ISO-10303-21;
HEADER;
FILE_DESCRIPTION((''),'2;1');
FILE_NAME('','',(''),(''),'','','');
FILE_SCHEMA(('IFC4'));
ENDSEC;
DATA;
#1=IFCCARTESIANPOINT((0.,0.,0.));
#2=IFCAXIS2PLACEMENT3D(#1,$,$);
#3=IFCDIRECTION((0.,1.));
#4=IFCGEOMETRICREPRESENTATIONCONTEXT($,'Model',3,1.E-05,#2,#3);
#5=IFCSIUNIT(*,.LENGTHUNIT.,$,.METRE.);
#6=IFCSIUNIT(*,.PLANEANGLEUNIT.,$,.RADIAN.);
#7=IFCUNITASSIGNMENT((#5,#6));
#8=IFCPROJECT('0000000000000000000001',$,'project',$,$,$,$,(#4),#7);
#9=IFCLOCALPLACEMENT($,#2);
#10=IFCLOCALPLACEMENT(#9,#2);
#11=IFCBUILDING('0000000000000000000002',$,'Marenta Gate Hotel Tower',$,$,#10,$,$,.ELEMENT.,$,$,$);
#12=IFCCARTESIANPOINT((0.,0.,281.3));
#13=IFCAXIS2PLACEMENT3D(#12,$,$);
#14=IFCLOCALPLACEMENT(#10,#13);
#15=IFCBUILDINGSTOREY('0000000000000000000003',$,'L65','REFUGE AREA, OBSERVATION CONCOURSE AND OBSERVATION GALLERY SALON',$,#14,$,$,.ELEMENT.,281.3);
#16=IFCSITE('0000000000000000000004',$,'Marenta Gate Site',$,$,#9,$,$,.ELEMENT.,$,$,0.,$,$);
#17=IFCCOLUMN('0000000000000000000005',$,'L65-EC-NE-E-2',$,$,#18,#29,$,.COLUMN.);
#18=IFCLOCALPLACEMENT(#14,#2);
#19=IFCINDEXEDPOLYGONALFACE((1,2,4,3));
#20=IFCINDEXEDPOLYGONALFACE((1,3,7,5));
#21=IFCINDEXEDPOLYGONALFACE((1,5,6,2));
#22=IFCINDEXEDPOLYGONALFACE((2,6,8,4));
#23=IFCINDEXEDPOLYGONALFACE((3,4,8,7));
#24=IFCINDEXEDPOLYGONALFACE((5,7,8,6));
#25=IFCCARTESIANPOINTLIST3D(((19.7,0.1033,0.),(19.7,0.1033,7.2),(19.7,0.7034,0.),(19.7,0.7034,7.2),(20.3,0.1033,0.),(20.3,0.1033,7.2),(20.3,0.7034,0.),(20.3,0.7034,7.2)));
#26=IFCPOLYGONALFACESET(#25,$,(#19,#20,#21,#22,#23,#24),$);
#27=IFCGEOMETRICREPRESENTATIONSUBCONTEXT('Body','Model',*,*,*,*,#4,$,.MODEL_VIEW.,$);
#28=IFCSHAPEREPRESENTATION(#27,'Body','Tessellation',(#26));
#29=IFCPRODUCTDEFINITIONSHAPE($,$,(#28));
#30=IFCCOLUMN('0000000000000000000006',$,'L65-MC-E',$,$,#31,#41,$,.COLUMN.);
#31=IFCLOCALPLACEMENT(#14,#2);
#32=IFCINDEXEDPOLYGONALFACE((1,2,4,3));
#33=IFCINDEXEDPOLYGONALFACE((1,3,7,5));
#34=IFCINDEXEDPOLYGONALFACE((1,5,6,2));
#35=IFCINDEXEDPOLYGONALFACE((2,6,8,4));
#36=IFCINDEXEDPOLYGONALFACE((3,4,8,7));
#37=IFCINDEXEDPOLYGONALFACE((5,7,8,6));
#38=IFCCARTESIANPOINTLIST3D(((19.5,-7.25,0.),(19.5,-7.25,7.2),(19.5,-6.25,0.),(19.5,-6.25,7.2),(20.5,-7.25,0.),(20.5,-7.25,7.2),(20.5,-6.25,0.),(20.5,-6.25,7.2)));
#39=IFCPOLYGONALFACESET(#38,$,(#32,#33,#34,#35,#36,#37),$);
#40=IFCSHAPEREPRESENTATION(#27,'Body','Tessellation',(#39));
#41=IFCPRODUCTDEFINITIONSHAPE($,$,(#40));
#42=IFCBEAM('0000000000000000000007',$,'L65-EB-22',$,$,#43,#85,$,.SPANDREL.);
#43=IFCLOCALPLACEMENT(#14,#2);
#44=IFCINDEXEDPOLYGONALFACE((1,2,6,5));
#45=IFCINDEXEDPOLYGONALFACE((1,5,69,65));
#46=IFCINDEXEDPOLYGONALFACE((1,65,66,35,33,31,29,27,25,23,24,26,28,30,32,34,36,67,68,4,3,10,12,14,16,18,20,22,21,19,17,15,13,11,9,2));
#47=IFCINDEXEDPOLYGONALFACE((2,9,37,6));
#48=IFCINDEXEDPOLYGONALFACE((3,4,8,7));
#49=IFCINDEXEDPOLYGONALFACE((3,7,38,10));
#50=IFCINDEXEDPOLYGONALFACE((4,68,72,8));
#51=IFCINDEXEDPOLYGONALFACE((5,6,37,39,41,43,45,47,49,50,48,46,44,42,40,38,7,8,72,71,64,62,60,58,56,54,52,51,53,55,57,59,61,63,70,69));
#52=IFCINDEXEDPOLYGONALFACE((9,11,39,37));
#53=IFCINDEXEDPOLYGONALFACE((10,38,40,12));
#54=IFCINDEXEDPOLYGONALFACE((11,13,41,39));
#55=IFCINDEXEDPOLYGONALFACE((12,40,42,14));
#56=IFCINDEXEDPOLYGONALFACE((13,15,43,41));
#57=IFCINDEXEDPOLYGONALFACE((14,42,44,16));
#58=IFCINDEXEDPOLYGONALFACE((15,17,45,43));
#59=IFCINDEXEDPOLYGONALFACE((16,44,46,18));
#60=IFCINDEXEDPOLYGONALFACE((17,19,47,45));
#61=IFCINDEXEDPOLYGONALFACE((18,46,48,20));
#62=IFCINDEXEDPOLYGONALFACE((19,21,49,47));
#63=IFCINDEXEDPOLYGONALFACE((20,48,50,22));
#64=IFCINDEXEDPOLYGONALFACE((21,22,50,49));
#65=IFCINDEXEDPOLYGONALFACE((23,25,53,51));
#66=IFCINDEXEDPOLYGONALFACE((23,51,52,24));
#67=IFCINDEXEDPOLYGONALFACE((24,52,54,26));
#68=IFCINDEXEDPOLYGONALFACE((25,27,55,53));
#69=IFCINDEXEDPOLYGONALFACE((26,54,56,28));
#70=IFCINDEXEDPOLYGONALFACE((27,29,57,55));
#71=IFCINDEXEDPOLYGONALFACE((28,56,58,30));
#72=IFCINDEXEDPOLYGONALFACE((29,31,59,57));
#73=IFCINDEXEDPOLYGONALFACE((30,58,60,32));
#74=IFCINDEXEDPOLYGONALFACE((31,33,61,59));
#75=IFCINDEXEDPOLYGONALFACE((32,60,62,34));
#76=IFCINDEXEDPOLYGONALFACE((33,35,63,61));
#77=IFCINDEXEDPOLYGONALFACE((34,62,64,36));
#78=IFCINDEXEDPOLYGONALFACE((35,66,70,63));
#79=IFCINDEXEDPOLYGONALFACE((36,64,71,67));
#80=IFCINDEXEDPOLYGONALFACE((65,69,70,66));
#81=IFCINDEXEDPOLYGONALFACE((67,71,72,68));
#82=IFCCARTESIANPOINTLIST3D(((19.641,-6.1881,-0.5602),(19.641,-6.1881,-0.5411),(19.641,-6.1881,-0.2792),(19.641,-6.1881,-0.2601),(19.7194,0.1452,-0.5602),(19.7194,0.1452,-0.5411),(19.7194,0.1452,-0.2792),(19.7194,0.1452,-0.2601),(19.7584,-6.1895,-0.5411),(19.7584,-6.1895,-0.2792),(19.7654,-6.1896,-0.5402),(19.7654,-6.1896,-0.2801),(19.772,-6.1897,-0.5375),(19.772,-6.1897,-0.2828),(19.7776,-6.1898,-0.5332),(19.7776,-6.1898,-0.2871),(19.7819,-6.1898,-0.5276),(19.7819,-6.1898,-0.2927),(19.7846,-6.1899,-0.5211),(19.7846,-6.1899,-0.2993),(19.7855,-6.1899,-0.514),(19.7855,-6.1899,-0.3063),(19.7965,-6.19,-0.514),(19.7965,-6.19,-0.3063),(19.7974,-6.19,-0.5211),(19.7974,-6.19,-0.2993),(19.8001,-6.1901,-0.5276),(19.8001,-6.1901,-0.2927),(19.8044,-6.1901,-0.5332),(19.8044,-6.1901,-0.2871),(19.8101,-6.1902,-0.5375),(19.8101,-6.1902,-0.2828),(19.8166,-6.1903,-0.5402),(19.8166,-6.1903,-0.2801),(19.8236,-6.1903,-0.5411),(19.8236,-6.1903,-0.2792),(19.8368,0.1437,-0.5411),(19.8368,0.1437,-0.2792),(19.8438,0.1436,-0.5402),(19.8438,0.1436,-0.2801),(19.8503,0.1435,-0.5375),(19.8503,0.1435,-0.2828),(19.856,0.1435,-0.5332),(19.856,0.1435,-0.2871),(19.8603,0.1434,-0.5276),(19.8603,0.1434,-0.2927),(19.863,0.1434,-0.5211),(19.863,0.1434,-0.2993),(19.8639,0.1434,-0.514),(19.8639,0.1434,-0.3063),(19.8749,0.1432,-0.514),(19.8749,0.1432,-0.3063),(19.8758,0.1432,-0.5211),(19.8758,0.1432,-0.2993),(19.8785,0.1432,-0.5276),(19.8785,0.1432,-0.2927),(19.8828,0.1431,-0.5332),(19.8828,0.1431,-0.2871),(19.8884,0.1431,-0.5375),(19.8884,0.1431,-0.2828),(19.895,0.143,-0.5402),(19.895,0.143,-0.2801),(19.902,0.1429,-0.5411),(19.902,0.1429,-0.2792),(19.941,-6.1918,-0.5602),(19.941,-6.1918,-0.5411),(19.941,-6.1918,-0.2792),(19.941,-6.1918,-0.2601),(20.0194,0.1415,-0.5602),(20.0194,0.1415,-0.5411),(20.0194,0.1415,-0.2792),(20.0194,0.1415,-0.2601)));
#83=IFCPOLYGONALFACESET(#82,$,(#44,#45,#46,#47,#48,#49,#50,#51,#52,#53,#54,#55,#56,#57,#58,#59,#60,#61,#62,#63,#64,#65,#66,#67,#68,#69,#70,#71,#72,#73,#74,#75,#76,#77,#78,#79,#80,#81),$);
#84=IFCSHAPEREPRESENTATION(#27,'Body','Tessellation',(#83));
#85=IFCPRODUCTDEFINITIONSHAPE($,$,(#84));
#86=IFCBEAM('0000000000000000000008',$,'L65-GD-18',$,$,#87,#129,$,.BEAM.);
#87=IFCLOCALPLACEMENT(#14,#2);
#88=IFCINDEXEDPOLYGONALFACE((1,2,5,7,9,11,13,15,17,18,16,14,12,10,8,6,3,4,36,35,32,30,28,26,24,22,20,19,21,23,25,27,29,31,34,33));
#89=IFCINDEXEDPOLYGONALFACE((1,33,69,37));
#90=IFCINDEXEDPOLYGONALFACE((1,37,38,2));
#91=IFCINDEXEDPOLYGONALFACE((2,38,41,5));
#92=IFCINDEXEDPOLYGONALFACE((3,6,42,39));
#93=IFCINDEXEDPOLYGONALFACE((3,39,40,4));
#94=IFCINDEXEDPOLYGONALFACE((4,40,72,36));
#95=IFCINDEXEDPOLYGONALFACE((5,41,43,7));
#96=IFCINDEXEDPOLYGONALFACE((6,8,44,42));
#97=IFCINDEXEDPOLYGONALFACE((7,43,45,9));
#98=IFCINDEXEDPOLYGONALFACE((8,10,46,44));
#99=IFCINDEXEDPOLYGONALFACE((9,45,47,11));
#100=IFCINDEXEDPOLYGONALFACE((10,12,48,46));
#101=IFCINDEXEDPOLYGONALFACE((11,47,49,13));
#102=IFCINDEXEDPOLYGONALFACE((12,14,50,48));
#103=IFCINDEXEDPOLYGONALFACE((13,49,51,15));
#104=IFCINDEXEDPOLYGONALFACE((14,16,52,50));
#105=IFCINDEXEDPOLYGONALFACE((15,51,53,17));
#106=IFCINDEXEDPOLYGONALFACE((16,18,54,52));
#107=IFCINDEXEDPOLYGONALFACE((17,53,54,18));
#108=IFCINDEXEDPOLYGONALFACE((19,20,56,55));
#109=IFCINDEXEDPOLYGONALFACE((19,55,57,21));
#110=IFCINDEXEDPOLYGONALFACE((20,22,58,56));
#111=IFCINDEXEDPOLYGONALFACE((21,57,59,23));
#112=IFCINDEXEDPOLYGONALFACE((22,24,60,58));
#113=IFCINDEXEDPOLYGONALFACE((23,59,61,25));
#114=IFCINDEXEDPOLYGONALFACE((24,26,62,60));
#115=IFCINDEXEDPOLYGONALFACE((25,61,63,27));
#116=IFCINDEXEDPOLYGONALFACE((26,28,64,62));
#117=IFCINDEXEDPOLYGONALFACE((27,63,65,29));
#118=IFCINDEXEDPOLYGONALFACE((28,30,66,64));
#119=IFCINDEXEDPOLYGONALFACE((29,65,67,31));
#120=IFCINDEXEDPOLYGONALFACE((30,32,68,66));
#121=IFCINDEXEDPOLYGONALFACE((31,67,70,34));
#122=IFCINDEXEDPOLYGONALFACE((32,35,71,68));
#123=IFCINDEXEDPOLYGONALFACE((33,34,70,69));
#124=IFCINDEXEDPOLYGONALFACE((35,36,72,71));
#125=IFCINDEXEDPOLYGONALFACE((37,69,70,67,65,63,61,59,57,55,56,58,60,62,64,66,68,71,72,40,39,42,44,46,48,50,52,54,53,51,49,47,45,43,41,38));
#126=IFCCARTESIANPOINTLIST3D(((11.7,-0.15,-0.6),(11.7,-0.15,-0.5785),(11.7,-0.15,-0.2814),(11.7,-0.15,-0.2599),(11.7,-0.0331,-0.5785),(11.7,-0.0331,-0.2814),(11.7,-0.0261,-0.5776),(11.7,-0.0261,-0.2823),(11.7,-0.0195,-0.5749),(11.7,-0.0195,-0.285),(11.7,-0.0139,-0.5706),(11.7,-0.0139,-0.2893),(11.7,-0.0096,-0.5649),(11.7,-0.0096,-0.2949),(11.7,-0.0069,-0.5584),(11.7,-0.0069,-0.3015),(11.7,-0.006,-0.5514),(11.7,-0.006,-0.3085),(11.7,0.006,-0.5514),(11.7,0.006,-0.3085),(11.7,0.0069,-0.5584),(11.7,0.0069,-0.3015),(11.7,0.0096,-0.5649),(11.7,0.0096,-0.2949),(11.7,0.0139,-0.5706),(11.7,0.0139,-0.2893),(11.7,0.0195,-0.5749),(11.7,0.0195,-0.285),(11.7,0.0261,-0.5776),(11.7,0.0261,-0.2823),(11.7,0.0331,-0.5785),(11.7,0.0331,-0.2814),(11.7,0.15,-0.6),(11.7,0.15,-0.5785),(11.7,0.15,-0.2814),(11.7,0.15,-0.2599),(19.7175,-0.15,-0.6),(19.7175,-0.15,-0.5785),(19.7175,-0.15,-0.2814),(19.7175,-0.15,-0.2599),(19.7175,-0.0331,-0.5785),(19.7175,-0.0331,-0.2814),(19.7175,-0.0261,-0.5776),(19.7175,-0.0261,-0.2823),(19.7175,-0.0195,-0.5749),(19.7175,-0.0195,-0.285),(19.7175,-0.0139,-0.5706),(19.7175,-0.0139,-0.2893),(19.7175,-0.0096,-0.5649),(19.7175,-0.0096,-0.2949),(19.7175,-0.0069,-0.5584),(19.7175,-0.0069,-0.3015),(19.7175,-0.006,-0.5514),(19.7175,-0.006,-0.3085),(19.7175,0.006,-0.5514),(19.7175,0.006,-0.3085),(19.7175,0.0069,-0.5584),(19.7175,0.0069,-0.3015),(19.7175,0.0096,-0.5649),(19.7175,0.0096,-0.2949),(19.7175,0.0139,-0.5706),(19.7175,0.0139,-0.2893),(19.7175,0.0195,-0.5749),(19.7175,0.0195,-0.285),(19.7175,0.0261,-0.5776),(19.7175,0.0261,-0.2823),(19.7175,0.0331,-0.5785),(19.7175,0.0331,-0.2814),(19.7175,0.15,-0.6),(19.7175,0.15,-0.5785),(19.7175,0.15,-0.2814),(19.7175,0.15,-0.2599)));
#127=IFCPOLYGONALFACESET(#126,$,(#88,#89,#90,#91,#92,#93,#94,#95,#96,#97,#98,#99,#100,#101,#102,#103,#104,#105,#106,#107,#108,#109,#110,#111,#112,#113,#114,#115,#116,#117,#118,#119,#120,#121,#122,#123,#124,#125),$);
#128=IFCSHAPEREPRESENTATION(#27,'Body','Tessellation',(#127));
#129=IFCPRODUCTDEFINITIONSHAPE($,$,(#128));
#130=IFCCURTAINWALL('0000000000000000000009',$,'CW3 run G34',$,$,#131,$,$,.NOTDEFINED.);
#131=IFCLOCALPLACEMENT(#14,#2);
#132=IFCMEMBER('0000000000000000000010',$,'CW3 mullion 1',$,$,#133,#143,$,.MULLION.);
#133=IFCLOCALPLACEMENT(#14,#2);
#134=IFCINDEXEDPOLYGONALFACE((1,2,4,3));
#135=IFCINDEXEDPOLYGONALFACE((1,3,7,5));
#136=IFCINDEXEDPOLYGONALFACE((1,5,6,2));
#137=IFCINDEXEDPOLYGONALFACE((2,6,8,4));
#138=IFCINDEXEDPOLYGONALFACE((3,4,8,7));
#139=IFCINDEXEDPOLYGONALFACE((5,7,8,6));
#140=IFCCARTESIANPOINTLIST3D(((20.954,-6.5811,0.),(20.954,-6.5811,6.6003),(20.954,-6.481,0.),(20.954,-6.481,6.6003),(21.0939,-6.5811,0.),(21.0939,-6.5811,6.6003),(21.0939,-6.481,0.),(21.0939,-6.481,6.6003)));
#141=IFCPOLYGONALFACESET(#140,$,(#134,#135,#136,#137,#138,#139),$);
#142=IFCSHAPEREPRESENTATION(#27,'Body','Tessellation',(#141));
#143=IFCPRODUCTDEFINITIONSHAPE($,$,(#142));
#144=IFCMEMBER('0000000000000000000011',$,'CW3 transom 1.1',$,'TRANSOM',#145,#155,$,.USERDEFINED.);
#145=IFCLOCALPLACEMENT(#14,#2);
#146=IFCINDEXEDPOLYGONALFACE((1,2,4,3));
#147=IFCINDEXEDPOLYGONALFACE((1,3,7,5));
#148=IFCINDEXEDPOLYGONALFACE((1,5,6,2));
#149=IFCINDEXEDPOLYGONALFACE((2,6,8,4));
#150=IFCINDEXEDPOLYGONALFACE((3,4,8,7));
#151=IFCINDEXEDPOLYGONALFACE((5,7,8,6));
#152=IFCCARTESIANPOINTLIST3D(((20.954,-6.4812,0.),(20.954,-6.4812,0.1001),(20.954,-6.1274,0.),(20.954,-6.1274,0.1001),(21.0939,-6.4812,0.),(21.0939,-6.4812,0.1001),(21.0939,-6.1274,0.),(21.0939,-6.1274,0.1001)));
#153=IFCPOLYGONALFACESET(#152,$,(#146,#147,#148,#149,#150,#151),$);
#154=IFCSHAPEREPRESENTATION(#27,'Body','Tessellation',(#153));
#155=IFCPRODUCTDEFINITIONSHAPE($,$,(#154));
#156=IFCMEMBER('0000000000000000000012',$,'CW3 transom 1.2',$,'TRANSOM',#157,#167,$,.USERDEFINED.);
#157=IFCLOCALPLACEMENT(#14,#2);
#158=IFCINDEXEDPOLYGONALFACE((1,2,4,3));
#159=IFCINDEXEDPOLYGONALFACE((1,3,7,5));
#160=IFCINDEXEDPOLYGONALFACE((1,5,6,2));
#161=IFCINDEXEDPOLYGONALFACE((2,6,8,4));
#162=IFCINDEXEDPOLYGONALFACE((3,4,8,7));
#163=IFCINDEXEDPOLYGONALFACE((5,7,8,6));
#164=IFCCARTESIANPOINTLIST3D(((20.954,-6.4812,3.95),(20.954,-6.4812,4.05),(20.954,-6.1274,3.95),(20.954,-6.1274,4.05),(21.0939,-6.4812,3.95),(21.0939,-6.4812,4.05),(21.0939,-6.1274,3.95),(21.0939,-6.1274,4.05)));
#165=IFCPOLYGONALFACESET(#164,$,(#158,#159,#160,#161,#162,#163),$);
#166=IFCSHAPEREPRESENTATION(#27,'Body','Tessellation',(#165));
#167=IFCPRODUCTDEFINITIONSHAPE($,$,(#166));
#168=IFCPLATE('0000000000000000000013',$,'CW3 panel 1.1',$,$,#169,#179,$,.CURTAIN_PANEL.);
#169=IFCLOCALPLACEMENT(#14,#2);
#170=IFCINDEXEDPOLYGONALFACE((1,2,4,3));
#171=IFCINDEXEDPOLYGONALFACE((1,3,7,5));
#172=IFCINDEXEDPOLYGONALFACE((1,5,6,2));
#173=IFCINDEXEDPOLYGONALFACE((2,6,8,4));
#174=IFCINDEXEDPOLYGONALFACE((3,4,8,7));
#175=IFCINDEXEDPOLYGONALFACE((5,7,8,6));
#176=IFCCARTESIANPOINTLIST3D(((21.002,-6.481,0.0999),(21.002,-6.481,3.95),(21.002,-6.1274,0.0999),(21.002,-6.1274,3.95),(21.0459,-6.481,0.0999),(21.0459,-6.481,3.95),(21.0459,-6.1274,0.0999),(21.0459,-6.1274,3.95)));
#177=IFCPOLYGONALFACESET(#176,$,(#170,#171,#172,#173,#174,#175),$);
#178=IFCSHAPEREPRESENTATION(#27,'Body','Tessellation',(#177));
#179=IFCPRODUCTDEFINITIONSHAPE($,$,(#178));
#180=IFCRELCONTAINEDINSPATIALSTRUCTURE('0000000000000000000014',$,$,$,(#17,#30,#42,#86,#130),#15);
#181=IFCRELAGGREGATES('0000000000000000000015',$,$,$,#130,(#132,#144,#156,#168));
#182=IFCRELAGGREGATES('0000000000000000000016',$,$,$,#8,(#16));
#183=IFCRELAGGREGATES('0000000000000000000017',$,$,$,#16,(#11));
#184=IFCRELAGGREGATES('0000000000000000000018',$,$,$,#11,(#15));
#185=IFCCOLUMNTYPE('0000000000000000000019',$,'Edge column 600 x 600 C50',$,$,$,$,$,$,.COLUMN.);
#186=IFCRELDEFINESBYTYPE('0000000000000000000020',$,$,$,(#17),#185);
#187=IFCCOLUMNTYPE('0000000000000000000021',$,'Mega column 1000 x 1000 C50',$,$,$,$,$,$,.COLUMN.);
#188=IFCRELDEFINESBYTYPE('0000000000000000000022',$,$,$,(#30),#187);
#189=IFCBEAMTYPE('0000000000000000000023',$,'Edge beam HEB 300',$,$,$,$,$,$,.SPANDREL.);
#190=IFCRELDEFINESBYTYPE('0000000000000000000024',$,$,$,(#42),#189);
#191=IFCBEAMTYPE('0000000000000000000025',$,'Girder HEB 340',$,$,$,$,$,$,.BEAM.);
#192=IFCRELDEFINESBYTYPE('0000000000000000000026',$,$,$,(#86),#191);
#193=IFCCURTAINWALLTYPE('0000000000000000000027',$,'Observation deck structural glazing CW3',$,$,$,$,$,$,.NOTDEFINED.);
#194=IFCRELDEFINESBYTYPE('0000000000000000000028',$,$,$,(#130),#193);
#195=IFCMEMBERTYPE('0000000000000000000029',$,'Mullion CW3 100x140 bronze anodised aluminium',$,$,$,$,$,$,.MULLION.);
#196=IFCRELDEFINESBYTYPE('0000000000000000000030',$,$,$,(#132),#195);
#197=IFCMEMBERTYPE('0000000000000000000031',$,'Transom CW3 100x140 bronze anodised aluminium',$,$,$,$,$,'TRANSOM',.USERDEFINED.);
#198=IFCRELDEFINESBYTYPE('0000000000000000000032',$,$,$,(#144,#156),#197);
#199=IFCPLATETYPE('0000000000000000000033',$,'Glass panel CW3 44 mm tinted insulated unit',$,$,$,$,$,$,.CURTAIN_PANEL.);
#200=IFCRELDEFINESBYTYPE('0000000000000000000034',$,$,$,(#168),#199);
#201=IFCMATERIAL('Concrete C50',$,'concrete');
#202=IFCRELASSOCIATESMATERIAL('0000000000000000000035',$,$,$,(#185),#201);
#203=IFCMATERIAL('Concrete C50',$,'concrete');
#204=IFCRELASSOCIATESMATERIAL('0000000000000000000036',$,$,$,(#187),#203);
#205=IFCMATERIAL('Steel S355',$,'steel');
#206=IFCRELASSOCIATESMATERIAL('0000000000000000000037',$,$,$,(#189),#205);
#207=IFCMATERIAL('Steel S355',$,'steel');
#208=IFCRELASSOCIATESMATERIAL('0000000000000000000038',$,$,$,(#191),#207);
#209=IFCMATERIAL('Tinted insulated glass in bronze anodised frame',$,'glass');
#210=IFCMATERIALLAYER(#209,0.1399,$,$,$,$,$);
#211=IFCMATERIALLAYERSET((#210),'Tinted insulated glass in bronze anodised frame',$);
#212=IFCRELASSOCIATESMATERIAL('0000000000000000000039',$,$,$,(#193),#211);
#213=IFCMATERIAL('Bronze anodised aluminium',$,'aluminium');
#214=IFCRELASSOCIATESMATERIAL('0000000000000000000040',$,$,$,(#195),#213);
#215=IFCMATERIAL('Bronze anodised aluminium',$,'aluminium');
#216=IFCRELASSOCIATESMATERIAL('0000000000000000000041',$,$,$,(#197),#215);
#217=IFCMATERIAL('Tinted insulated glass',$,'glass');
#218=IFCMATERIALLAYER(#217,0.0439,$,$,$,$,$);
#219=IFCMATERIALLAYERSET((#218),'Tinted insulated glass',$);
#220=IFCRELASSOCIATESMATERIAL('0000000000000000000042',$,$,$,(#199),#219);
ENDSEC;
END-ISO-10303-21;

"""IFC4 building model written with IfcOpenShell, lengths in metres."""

from ifc_helpers import new_model, si_unit, direction, frame, origin, origin_2d, place, context, subcontext, project, spatial, rectangle, i_section, extrude, material, layer, layer_set, material_profile, profile_set, type_object, element, aggregate, save


model = new_model("IFC4")

# Units and contexts
model_context = context("Model", 3, precision=1e-05, world=origin(), true_north=direction((0.0, 1.0)))
body_context = subcontext(model_context, "Body", "Model", "MODEL_VIEW")
ifc_project = project(units=[si_unit("LENGTHUNIT", "METRE"), si_unit("PLANEANGLEUNIT", "RADIAN")], contexts=[model_context])

# Site, building, storey
site_placement = place(None, origin())
site = spatial("IfcSite", under=ifc_project, at=site_placement, Name="Marenta Gate Site", CompositionType="ELEMENT", RefElevation=0.0)
building_placement = place(site_placement, origin())
building = spatial("IfcBuilding", under=site, at=building_placement, Name="Marenta Gate Hotel Tower", CompositionType="ELEMENT")
storey_placement = place(building_placement, frame((0.0, 0.0, 281.3)))
storey = spatial("IfcBuildingStorey", under=building, at=storey_placement, Name="L65", Description="REFUGE AREA, OBSERVATION CONCOURSE AND OBSERVATION GALLERY SALON", CompositionType="ELEMENT", Elevation=281.3)

# Columns
ifc_material_1 = material(Name="Concrete C50", Category="concrete")
ifc_material_profile_1 = material_profile(ifc_material_1, rectangle(XDim=0.6001, YDim=0.6001, at=origin_2d()), Name="600 x 600")
ifc_profile_set_1 = profile_set([ifc_material_profile_1], Name="Concrete C50")
column_type_1 = type_object("IfcColumnType", Name="Edge column 600 x 600 C50", PredefinedType="COLUMN", material=ifc_profile_set_1)
column_1_placement = place(storey_placement, frame((20.0, 0.4033, 0.0), z_axis=(0.0, 0.0, 1.0), x_axis=(1.0, 0.0, 0.0)))
element("IfcColumn", 1, at=column_1_placement, inside=storey, type_object=column_type_1, Name="L65-EC-NE-E-2", PredefinedType="COLUMN", context=body_context, shape_type="SweptSolid", body=[
    extrude(rectangle(XDim=0.6001, YDim=0.6001, at=origin_2d()), origin(), (0.0, 0.0, 1.0), 7.2),
])
ifc_material_2 = material(Name="Concrete C50", Category="concrete")
ifc_material_profile_2 = material_profile(ifc_material_2, rectangle(XDim=1.0, YDim=1.0, at=origin_2d()), Name="1000 x 1000")
ifc_profile_set_2 = profile_set([ifc_material_profile_2], Name="Concrete C50")
column_type_2 = type_object("IfcColumnType", Name="Mega column 1000 x 1000 C50", PredefinedType="COLUMN", material=ifc_profile_set_2)
column_2_placement = place(storey_placement, frame((20.0, -6.75, 0.0), z_axis=(0.0, 0.0, 1.0), x_axis=(1.0, 0.0, 0.0)))
element("IfcColumn", 2, at=column_2_placement, inside=storey, type_object=column_type_2, Name="L65-MC-E", PredefinedType="COLUMN", context=body_context, shape_type="SweptSolid", body=[
    extrude(rectangle(XDim=1.0, YDim=1.0, at=origin_2d()), origin(), (0.0, 0.0, 1.0), 7.2),
])

# Beams
ifc_material_3 = material(Name="Steel S355", Category="steel")
ifc_material_profile_3 = material_profile(ifc_material_3, i_section(OverallWidth=0.3, OverallDepth=0.3, WebThickness=0.011, FlangeThickness=0.019, FilletRadius=0.0271, at=origin_2d()), Name="HEB 300")
ifc_profile_set_3 = profile_set([ifc_material_profile_3], Name="Steel S355")
beam_type_1 = type_object("IfcBeamType", Name="Edge beam HEB 300", PredefinedType="SPANDREL", material=ifc_profile_set_3)
beam_1_placement = place(storey_placement, frame((19.8694, 0.1433, -0.4102), z_axis=(-0.012373, -0.999923, 0.0), x_axis=(0.999923, -0.012373, 0.0)))
element("IfcBeam", 3, at=beam_1_placement, inside=storey, type_object=beam_type_1, Name="L65-EB-22", PredefinedType="SPANDREL", context=body_context, shape_type="SweptSolid", body=[
    extrude(i_section(OverallWidth=0.3, OverallDepth=0.3, WebThickness=0.011, FlangeThickness=0.019, FilletRadius=0.0271, at=origin_2d()), origin(), (0.0, 0.0, 1.0), 6.3337),
])
ifc_material_4 = material(Name="Steel S355", Category="steel")
ifc_material_profile_4 = material_profile(ifc_material_4, i_section(OverallWidth=0.3, OverallDepth=0.3401, WebThickness=0.012, FlangeThickness=0.0215, FilletRadius=0.0271, at=origin_2d()), Name="HEB 340")
ifc_profile_set_4 = profile_set([ifc_material_profile_4], Name="Steel S355")
beam_type_2 = type_object("IfcBeamType", Name="Girder HEB 340", PredefinedType="BEAM", material=ifc_profile_set_4)
beam_2_placement = place(storey_placement, frame((11.7, 0.0, -0.4299), z_axis=(1.0, 0.0, 0.0), x_axis=(0.0, 1.0, 0.0)))
element("IfcBeam", 4, at=beam_2_placement, inside=storey, type_object=beam_type_2, Name="L65-GD-18", PredefinedType="BEAM", context=body_context, shape_type="SweptSolid", body=[
    extrude(i_section(OverallWidth=0.3, OverallDepth=0.3401, WebThickness=0.012, FlangeThickness=0.0215, FilletRadius=0.0271, at=origin_2d()), origin(), (0.0, 0.0, 1.0), 8.0176),
])

# Curtain wall, members, plate
ifc_material_5 = material(Name="Tinted insulated glass in bronze anodised frame", Category="glass")
ifc_layer_1 = layer(ifc_material_5, 0.1399)
ifc_layer_set_1 = layer_set([ifc_layer_1], Name="Tinted insulated glass in bronze anodised frame")
curtain_wall_type = type_object("IfcCurtainWallType", Name="Observation deck structural glazing CW3", PredefinedType="NOTDEFINED", material=ifc_layer_set_1)
curtain_wall_placement = place(storey_placement, origin())
curtain_wall = element("IfcCurtainWall", 5, at=curtain_wall_placement, inside=storey, type_object=curtain_wall_type, Name="CW3 run G34", PredefinedType="NOTDEFINED")
ifc_material_6 = material(Name="Bronze anodised aluminium", Category="aluminium")
ifc_material_profile_5 = material_profile(ifc_material_6, rectangle(XDim=0.1399, YDim=0.1001, at=origin_2d()), Name="Mullion CW3 100x140 bronze anodised aluminium")
ifc_profile_set_5 = profile_set([ifc_material_profile_5], Name="Bronze anodised aluminium")
member_type_1 = type_object("IfcMemberType", Name="Mullion CW3 100x140 bronze anodised aluminium", PredefinedType="MULLION", material=ifc_profile_set_5)
member_1_placement = place(storey_placement, frame((21.0239, -6.531, 0.0), z_axis=(0.0, 0.0, 1.0), x_axis=(-1.0, 0.0, 0.0)))
member_1 = element("IfcMember", 6, at=member_1_placement, type_object=member_type_1, Name="CW3 mullion 1", PredefinedType="MULLION", context=body_context, shape_type="SweptSolid", body=[
    extrude(rectangle(XDim=0.1399, YDim=0.1001, at=origin_2d()), origin(), (0.0, 0.0, 1.0), 6.6003),
])
ifc_material_7 = material(Name="Bronze anodised aluminium", Category="aluminium")
ifc_material_profile_6 = material_profile(ifc_material_7, rectangle(XDim=0.1399, YDim=0.1001, at=origin_2d()), Name="Transom CW3 100x140 bronze anodised aluminium")
ifc_profile_set_6 = profile_set([ifc_material_profile_6], Name="Bronze anodised aluminium")
member_type_2 = type_object("IfcMemberType", Name="Transom CW3 100x140 bronze anodised aluminium", ElementType="TRANSOM", PredefinedType="USERDEFINED", material=ifc_profile_set_6)
member_2_placement = place(storey_placement, frame((21.0239, -6.4812, 0.05), z_axis=(0.0, 1.0, 0.0), x_axis=(-1.0, 0.0, 0.0)))
member_2 = element("IfcMember", 7, at=member_2_placement, type_object=member_type_2, Name="CW3 transom 1.1", ObjectType="TRANSOM", PredefinedType="USERDEFINED", context=body_context, shape_type="SweptSolid", body=[
    extrude(rectangle(XDim=0.1399, YDim=0.1001, at=origin_2d()), origin(), (0.0, 0.0, 1.0), 0.3538),
])
member_3_placement = place(storey_placement, frame((21.0239, -6.4812, 4.0), z_axis=(0.0, 1.0, 0.0), x_axis=(-1.0, 0.0, 0.0)))
member_3 = element("IfcMember", 8, at=member_3_placement, type_object=member_type_2, Name="CW3 transom 1.2", ObjectType="TRANSOM", PredefinedType="USERDEFINED", context=body_context, shape_type="SweptSolid", body=[
    extrude(rectangle(XDim=0.1399, YDim=0.1001, at=origin_2d()), origin(), (0.0, 0.0, 1.0), 0.3538),
])
ifc_material_8 = material(Name="Tinted insulated glass", Category="glass")
ifc_layer_2 = layer(ifc_material_8, 0.0439)
ifc_layer_set_2 = layer_set([ifc_layer_2], Name="Tinted insulated glass")
plate_type = type_object("IfcPlateType", Name="Glass panel CW3 44 mm tinted insulated unit", PredefinedType="CURTAIN_PANEL", material=ifc_layer_set_2)
plate_1_placement = place(storey_placement, frame((21.0239, -6.3042, 0.0999), z_axis=(0.0, 0.0, 1.0), x_axis=(0.0, 1.0, 0.0)))
plate_1 = element("IfcPlate", 9, at=plate_1_placement, type_object=plate_type, Name="CW3 panel 1.1", PredefinedType="CURTAIN_PANEL", context=body_context, shape_type="SweptSolid", body=[
    extrude(rectangle(XDim=0.3535, YDim=0.0439, at=origin_2d()), origin(), (0.0, 0.0, 1.0), 3.8501),
])
aggregate(curtain_wall, [member_1, member_2, member_3, plate_1])

save(model, "model.ifc")
